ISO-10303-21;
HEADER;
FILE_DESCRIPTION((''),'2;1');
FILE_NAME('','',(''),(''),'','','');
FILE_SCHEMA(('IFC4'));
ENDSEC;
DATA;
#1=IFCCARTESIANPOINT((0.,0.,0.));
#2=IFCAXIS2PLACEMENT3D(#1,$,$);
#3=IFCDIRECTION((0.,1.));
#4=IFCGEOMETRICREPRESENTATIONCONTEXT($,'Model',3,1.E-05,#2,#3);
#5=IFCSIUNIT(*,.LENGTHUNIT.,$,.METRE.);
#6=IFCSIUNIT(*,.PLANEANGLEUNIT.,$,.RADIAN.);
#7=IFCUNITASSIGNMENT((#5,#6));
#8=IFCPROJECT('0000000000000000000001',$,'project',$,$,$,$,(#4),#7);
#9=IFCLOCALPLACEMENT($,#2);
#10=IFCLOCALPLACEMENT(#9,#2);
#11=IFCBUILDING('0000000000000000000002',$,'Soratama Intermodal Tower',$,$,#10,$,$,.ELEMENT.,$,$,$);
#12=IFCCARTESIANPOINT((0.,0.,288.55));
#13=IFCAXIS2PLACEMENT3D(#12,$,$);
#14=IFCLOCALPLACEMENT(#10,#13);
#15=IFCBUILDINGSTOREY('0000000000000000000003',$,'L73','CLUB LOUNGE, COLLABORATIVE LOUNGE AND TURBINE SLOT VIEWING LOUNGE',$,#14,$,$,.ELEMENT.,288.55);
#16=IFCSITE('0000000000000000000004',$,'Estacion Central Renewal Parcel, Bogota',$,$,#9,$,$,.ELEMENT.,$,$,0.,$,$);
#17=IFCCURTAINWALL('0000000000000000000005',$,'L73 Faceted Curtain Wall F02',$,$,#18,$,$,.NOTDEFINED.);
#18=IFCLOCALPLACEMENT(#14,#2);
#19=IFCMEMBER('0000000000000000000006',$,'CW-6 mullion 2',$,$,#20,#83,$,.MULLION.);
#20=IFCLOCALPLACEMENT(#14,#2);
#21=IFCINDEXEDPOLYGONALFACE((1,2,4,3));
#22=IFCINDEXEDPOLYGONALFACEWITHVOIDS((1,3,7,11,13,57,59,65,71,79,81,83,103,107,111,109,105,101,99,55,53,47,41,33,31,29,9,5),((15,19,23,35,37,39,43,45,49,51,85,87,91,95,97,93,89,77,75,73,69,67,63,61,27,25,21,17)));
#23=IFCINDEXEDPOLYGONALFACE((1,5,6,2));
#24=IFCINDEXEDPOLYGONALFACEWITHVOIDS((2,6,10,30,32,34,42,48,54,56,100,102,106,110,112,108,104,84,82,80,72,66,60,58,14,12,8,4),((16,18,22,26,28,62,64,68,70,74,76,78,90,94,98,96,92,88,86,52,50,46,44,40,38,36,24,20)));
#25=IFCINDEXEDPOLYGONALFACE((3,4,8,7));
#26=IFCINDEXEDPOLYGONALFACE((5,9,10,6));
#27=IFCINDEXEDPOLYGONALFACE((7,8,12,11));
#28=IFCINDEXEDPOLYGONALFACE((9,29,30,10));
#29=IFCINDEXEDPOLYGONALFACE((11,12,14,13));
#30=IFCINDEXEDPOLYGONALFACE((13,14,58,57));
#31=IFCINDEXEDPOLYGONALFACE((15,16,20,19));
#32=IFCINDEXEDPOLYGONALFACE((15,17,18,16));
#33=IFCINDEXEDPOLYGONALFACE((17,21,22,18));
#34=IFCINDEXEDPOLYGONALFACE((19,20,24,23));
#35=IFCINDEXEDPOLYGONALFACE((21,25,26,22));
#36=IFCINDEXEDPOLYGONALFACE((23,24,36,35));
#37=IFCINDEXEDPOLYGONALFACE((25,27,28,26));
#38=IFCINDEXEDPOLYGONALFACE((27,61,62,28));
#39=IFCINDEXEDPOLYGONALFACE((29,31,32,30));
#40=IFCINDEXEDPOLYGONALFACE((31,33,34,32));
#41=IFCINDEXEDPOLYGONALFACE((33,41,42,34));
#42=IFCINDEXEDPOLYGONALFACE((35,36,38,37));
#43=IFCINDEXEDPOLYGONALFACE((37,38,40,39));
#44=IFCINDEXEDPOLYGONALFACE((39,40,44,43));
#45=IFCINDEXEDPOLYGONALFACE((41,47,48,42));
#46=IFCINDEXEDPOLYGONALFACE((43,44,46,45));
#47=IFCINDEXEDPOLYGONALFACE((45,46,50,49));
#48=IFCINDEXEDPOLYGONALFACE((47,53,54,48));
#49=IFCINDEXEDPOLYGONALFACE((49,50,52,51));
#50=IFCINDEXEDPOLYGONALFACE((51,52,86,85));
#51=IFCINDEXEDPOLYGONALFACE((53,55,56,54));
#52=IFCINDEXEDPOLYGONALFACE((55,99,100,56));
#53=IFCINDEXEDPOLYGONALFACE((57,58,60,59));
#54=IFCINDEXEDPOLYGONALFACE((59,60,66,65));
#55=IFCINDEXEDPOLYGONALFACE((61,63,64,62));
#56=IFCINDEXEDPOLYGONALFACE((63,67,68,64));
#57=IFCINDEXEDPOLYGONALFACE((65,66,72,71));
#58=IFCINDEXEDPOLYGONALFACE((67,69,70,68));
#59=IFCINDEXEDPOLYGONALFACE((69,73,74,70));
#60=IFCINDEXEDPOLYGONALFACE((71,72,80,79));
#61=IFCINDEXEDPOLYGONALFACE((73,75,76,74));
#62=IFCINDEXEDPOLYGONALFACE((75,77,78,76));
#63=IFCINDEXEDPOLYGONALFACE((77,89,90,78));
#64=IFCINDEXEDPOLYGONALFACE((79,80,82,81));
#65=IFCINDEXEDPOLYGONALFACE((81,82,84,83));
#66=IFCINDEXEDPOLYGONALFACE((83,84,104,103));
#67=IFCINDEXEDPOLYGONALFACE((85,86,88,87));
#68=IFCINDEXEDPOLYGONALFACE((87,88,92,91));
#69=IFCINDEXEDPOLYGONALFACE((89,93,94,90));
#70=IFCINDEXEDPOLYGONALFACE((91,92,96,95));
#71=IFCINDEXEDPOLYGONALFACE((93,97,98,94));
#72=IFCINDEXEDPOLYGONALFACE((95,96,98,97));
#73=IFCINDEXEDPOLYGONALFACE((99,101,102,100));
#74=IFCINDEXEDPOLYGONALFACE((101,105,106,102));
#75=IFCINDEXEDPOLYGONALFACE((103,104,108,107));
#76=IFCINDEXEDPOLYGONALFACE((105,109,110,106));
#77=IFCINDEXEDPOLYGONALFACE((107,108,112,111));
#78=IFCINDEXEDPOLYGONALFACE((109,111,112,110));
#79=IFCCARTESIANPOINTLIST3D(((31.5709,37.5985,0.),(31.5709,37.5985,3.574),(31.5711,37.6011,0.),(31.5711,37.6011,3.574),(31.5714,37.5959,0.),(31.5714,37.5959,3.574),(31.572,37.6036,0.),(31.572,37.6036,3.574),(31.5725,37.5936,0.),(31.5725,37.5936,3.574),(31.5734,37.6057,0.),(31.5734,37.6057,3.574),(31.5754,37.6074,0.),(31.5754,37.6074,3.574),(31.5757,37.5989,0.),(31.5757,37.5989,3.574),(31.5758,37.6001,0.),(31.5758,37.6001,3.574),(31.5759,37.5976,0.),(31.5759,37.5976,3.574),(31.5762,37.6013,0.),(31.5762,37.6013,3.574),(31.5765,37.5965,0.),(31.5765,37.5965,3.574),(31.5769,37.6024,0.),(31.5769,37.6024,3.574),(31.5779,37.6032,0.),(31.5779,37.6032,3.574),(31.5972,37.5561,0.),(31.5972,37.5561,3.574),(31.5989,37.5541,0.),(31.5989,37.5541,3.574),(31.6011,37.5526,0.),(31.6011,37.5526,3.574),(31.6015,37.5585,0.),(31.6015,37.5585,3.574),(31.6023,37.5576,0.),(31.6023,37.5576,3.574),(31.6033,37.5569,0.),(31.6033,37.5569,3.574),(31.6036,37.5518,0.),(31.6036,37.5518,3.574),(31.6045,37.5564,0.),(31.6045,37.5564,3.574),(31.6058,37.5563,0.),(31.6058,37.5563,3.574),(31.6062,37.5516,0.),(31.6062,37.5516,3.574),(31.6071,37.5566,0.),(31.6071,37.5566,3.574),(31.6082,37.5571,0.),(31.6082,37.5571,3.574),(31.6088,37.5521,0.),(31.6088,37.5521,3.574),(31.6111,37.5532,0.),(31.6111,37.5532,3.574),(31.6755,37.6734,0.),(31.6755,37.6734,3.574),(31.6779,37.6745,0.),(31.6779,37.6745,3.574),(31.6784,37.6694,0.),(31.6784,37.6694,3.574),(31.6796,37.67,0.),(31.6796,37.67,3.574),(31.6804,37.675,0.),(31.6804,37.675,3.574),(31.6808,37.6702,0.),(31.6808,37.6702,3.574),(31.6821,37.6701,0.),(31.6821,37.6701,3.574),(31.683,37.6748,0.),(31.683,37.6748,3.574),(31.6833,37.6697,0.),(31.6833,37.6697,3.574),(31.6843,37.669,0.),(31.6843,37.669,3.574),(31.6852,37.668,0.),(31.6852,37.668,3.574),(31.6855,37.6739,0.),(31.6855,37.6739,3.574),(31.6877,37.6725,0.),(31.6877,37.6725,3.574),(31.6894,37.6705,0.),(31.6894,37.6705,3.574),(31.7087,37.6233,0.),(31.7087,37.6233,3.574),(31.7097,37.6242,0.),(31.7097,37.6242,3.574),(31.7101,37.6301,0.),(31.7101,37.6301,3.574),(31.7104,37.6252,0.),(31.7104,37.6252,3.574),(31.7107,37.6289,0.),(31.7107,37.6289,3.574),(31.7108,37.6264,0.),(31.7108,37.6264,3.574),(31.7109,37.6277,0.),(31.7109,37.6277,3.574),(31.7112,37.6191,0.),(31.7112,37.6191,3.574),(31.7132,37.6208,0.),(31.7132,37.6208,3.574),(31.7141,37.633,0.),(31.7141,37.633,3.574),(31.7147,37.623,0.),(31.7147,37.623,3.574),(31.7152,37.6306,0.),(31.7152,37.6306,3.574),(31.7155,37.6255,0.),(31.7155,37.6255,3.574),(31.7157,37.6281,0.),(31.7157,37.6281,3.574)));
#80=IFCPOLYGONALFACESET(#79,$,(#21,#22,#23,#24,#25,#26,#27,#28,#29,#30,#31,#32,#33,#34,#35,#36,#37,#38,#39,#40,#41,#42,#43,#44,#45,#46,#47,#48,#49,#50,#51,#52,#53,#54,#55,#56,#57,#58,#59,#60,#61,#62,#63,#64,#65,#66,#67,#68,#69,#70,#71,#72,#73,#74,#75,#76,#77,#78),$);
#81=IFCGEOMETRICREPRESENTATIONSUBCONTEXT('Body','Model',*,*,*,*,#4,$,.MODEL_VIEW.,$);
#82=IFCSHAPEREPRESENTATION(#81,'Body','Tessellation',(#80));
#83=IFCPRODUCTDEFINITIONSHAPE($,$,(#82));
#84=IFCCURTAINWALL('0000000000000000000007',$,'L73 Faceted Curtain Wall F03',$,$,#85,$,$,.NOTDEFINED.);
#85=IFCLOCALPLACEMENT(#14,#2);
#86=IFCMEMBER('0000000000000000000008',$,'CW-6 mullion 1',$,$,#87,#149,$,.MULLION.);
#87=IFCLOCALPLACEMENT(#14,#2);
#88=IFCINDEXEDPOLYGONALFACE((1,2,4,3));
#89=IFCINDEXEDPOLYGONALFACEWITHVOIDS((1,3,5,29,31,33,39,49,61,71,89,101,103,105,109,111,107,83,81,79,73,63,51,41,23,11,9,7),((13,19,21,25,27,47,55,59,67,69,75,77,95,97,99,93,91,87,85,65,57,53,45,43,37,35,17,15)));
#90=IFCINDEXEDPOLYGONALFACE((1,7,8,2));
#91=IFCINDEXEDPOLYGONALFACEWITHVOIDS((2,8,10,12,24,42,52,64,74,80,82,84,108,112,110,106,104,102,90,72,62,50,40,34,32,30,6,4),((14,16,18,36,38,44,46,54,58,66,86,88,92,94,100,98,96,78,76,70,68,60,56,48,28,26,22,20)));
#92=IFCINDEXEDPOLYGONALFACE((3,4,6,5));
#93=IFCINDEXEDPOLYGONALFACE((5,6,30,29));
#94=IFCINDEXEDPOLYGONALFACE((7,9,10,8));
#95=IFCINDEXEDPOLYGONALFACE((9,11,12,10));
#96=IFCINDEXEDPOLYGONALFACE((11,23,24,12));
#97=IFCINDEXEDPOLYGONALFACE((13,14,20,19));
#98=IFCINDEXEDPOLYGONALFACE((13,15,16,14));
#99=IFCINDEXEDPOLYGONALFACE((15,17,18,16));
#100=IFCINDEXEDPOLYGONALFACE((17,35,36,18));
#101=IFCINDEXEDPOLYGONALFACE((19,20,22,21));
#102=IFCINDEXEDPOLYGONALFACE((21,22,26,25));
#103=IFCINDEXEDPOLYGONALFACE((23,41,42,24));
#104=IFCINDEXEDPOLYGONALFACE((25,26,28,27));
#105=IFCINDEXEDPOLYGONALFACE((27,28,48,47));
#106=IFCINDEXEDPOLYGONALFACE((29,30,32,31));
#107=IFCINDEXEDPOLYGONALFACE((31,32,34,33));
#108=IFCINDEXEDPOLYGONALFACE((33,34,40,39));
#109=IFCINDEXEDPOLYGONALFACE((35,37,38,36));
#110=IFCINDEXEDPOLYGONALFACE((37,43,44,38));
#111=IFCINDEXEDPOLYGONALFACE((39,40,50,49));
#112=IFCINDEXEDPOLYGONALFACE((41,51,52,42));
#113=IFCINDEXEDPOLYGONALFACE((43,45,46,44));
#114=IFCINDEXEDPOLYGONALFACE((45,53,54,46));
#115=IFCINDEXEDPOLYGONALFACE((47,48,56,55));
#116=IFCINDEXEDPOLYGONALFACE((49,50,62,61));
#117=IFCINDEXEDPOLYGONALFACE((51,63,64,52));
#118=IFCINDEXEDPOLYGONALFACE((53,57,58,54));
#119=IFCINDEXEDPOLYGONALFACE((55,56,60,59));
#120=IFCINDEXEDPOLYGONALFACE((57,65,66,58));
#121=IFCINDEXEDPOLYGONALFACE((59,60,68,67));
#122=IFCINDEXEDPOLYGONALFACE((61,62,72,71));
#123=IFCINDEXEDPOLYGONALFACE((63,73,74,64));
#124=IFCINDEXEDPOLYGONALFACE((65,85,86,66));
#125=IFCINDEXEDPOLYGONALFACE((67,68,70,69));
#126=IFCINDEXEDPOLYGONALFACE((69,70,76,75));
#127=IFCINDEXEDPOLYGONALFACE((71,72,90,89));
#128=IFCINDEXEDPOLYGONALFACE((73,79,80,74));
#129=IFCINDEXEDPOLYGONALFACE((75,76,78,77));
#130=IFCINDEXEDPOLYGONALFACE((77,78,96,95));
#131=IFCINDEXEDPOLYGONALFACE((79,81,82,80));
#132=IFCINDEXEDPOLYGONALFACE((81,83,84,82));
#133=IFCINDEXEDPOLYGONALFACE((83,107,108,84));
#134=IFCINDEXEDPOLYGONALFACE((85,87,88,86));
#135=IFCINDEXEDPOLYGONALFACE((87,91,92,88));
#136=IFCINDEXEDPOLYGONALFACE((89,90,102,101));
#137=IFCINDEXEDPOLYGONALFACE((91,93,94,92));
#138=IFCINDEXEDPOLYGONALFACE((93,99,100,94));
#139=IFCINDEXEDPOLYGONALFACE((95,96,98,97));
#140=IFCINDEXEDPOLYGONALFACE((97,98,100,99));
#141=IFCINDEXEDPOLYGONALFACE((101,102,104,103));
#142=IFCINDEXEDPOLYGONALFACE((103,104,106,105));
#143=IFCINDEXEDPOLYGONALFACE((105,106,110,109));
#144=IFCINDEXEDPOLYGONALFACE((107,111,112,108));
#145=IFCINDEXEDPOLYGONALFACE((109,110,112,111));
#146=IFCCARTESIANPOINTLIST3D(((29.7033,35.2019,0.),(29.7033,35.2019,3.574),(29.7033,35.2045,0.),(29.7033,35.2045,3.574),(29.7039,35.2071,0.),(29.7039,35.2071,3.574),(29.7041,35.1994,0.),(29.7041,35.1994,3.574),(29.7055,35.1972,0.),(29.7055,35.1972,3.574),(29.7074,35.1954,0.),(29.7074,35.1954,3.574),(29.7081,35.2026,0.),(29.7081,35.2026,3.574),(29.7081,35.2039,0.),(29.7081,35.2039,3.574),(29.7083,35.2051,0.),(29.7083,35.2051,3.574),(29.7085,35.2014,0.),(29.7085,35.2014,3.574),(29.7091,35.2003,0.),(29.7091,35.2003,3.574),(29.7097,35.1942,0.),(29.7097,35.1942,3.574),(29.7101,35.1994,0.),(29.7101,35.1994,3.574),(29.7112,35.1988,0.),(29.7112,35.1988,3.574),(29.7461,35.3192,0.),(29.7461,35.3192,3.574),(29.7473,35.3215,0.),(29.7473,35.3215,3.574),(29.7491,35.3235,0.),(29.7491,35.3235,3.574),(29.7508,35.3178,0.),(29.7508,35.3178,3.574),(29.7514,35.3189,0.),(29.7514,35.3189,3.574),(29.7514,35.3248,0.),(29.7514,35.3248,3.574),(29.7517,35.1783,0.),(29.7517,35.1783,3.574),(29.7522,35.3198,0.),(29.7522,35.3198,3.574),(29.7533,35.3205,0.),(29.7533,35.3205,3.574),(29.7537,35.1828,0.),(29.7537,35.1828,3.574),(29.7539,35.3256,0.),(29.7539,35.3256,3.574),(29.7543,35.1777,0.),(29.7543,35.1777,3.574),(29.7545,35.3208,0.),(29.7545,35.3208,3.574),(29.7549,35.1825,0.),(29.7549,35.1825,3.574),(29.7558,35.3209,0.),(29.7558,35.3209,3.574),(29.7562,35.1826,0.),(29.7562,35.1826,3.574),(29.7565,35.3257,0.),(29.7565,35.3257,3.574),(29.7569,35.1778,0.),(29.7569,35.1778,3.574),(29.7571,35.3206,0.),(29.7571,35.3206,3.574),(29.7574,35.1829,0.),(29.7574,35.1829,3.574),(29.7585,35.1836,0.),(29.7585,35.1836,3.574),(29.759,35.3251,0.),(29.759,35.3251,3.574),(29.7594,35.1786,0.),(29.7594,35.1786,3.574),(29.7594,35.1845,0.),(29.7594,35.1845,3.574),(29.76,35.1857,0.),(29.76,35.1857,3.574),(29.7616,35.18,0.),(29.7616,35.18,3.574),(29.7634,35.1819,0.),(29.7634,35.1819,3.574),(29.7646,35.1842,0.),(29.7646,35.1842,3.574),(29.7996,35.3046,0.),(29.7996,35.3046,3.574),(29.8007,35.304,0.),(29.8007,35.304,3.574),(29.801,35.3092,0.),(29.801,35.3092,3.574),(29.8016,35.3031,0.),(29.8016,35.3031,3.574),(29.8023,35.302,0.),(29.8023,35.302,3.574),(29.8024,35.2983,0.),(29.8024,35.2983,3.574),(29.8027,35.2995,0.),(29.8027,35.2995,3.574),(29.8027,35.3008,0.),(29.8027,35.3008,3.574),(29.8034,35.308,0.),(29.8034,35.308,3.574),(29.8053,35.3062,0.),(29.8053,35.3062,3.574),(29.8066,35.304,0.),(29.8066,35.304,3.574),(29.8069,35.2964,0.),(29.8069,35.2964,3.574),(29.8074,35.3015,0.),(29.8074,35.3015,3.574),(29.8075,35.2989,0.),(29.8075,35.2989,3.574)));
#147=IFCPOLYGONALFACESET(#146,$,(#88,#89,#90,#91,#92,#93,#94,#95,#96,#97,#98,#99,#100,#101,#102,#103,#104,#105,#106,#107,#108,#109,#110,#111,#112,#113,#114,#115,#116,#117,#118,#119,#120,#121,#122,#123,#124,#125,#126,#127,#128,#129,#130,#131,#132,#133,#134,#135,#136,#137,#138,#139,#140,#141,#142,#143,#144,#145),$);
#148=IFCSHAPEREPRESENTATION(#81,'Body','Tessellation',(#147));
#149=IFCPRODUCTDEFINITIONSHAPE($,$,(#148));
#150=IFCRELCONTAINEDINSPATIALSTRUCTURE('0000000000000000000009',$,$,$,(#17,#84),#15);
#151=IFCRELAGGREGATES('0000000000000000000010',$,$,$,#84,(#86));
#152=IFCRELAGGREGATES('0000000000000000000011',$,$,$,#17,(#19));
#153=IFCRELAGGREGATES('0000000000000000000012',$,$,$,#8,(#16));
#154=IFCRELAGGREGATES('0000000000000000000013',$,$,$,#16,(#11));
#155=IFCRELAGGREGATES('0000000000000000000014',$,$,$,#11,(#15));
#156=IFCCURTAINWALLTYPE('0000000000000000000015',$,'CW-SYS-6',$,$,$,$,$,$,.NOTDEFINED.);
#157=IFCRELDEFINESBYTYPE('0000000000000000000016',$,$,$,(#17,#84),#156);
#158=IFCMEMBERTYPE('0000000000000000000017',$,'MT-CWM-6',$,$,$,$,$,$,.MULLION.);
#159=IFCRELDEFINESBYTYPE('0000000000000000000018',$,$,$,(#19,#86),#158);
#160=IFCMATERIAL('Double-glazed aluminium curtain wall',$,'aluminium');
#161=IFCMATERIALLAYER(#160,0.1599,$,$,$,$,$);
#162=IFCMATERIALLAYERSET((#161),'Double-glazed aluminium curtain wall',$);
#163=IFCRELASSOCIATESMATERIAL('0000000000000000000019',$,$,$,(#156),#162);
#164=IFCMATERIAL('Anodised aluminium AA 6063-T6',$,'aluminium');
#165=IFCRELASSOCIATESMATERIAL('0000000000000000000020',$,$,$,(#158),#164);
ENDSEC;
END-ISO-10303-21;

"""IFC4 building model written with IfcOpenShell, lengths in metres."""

from ifc_helpers import new_model, si_unit, direction, frame, origin, origin_2d, place, context, subcontext, project, spatial, hollow_rectangle, extrude, material, layer, layer_set, material_profile, profile_set, type_object, element, aggregate, save


model = new_model("IFC4")

# Units and contexts
model_context = context("Model", 3, precision=1e-05, world=origin(), true_north=direction((0.0, 1.0)))
body_context = subcontext(model_context, "Body", "Model", "MODEL_VIEW")
ifc_project = project(units=[si_unit("LENGTHUNIT", "METRE"), si_unit("PLANEANGLEUNIT", "RADIAN")], contexts=[model_context])

# Site, building, storey
site_placement = place(None, origin())
site = spatial("IfcSite", under=ifc_project, at=site_placement, Name="Estacion Central Renewal Parcel, Bogota", CompositionType="ELEMENT", RefElevation=0.0)
building_placement = place(site_placement, origin())
building = spatial("IfcBuilding", under=site, at=building_placement, Name="Soratama Intermodal Tower", CompositionType="ELEMENT")
storey_placement = place(building_placement, frame((0.0, 0.0, 288.55)))
storey = spatial("IfcBuildingStorey", under=building, at=storey_placement, Name="L73", Description="CLUB LOUNGE, COLLABORATIVE LOUNGE AND TURBINE SLOT VIEWING LOUNGE", CompositionType="ELEMENT", Elevation=288.55)

# Curtain wall, member
ifc_material_1 = material(Name="Double-glazed aluminium curtain wall", Category="aluminium")
ifc_layer_1 = layer(ifc_material_1, 0.1599)
ifc_layer_set_1 = layer_set([ifc_layer_1], Name="Double-glazed aluminium curtain wall")
curtain_wall_type = type_object("IfcCurtainWallType", Name="CW-SYS-6", PredefinedType="NOTDEFINED", material=ifc_layer_set_1)
curtain_wall_1_placement = place(storey_placement, origin())
curtain_wall_1 = element("IfcCurtainWall", 1, at=curtain_wall_1_placement, inside=storey, type_object=curtain_wall_type, Name="L73 Faceted Curtain Wall F02", PredefinedType="NOTDEFINED")
ifc_material_2 = material(Name="Anodised aluminium AA 6063-T6", Category="aluminium")
ifc_material_profile_1 = material_profile(ifc_material_2, hollow_rectangle(XDim=0.0649, YDim=0.1399, WallThickness=0.0049, InnerFilletRadius=0.0049, OuterFilletRadius=0.01, at=origin_2d()), Name="CWM140X65X5")
ifc_profile_set_1 = profile_set([ifc_material_profile_1], Name="Anodised aluminium AA 6063-T6")
member_type_1 = type_object("IfcMemberType", Name="MT-CWM-6", PredefinedType="MULLION", material=ifc_profile_set_1)
member_1_placement = place(storey_placement, frame((31.6433, 37.6133, 0.0), z_axis=(0.0, 0.0, 1.0), x_axis=(0.549891, -0.835236, 0.0)))
member_1 = element("IfcMember", 2, at=member_1_placement, type_object=member_type_1, Name="CW-6 mullion 2", PredefinedType="MULLION", context=body_context, shape_type="SweptSolid", body=[
    extrude(hollow_rectangle(XDim=0.0649, YDim=0.1399, WallThickness=0.0049, InnerFilletRadius=0.0049, OuterFilletRadius=0.01, at=origin_2d()), origin(), (0.0, 0.0, 1.0), 3.574),
])

# Curtain wall, member
curtain_wall_2_placement = place(storey_placement, origin())
curtain_wall_2 = element("IfcCurtainWall", 3, at=curtain_wall_2_placement, inside=storey, type_object=curtain_wall_type, Name="L73 Faceted Curtain Wall F03", PredefinedType="NOTDEFINED")
member_2_placement = place(storey_placement, frame((29.7554, 35.2517, 0.0), z_axis=(0.0, 0.0, 1.0), x_axis=(0.935812, -0.352499, 0.0)))
member_2 = element("IfcMember", 4, at=member_2_placement, type_object=member_type_1, Name="CW-6 mullion 1", PredefinedType="MULLION", context=body_context, shape_type="SweptSolid", body=[
    extrude(hollow_rectangle(XDim=0.0649, YDim=0.1399, WallThickness=0.0049, InnerFilletRadius=0.0049, OuterFilletRadius=0.01, at=origin_2d()), origin(), (0.0, 0.0, 1.0), 3.574),
])
aggregate(curtain_wall_2, [member_2])

aggregate(curtain_wall_1, [member_1])

save(model, "model.ifc")
